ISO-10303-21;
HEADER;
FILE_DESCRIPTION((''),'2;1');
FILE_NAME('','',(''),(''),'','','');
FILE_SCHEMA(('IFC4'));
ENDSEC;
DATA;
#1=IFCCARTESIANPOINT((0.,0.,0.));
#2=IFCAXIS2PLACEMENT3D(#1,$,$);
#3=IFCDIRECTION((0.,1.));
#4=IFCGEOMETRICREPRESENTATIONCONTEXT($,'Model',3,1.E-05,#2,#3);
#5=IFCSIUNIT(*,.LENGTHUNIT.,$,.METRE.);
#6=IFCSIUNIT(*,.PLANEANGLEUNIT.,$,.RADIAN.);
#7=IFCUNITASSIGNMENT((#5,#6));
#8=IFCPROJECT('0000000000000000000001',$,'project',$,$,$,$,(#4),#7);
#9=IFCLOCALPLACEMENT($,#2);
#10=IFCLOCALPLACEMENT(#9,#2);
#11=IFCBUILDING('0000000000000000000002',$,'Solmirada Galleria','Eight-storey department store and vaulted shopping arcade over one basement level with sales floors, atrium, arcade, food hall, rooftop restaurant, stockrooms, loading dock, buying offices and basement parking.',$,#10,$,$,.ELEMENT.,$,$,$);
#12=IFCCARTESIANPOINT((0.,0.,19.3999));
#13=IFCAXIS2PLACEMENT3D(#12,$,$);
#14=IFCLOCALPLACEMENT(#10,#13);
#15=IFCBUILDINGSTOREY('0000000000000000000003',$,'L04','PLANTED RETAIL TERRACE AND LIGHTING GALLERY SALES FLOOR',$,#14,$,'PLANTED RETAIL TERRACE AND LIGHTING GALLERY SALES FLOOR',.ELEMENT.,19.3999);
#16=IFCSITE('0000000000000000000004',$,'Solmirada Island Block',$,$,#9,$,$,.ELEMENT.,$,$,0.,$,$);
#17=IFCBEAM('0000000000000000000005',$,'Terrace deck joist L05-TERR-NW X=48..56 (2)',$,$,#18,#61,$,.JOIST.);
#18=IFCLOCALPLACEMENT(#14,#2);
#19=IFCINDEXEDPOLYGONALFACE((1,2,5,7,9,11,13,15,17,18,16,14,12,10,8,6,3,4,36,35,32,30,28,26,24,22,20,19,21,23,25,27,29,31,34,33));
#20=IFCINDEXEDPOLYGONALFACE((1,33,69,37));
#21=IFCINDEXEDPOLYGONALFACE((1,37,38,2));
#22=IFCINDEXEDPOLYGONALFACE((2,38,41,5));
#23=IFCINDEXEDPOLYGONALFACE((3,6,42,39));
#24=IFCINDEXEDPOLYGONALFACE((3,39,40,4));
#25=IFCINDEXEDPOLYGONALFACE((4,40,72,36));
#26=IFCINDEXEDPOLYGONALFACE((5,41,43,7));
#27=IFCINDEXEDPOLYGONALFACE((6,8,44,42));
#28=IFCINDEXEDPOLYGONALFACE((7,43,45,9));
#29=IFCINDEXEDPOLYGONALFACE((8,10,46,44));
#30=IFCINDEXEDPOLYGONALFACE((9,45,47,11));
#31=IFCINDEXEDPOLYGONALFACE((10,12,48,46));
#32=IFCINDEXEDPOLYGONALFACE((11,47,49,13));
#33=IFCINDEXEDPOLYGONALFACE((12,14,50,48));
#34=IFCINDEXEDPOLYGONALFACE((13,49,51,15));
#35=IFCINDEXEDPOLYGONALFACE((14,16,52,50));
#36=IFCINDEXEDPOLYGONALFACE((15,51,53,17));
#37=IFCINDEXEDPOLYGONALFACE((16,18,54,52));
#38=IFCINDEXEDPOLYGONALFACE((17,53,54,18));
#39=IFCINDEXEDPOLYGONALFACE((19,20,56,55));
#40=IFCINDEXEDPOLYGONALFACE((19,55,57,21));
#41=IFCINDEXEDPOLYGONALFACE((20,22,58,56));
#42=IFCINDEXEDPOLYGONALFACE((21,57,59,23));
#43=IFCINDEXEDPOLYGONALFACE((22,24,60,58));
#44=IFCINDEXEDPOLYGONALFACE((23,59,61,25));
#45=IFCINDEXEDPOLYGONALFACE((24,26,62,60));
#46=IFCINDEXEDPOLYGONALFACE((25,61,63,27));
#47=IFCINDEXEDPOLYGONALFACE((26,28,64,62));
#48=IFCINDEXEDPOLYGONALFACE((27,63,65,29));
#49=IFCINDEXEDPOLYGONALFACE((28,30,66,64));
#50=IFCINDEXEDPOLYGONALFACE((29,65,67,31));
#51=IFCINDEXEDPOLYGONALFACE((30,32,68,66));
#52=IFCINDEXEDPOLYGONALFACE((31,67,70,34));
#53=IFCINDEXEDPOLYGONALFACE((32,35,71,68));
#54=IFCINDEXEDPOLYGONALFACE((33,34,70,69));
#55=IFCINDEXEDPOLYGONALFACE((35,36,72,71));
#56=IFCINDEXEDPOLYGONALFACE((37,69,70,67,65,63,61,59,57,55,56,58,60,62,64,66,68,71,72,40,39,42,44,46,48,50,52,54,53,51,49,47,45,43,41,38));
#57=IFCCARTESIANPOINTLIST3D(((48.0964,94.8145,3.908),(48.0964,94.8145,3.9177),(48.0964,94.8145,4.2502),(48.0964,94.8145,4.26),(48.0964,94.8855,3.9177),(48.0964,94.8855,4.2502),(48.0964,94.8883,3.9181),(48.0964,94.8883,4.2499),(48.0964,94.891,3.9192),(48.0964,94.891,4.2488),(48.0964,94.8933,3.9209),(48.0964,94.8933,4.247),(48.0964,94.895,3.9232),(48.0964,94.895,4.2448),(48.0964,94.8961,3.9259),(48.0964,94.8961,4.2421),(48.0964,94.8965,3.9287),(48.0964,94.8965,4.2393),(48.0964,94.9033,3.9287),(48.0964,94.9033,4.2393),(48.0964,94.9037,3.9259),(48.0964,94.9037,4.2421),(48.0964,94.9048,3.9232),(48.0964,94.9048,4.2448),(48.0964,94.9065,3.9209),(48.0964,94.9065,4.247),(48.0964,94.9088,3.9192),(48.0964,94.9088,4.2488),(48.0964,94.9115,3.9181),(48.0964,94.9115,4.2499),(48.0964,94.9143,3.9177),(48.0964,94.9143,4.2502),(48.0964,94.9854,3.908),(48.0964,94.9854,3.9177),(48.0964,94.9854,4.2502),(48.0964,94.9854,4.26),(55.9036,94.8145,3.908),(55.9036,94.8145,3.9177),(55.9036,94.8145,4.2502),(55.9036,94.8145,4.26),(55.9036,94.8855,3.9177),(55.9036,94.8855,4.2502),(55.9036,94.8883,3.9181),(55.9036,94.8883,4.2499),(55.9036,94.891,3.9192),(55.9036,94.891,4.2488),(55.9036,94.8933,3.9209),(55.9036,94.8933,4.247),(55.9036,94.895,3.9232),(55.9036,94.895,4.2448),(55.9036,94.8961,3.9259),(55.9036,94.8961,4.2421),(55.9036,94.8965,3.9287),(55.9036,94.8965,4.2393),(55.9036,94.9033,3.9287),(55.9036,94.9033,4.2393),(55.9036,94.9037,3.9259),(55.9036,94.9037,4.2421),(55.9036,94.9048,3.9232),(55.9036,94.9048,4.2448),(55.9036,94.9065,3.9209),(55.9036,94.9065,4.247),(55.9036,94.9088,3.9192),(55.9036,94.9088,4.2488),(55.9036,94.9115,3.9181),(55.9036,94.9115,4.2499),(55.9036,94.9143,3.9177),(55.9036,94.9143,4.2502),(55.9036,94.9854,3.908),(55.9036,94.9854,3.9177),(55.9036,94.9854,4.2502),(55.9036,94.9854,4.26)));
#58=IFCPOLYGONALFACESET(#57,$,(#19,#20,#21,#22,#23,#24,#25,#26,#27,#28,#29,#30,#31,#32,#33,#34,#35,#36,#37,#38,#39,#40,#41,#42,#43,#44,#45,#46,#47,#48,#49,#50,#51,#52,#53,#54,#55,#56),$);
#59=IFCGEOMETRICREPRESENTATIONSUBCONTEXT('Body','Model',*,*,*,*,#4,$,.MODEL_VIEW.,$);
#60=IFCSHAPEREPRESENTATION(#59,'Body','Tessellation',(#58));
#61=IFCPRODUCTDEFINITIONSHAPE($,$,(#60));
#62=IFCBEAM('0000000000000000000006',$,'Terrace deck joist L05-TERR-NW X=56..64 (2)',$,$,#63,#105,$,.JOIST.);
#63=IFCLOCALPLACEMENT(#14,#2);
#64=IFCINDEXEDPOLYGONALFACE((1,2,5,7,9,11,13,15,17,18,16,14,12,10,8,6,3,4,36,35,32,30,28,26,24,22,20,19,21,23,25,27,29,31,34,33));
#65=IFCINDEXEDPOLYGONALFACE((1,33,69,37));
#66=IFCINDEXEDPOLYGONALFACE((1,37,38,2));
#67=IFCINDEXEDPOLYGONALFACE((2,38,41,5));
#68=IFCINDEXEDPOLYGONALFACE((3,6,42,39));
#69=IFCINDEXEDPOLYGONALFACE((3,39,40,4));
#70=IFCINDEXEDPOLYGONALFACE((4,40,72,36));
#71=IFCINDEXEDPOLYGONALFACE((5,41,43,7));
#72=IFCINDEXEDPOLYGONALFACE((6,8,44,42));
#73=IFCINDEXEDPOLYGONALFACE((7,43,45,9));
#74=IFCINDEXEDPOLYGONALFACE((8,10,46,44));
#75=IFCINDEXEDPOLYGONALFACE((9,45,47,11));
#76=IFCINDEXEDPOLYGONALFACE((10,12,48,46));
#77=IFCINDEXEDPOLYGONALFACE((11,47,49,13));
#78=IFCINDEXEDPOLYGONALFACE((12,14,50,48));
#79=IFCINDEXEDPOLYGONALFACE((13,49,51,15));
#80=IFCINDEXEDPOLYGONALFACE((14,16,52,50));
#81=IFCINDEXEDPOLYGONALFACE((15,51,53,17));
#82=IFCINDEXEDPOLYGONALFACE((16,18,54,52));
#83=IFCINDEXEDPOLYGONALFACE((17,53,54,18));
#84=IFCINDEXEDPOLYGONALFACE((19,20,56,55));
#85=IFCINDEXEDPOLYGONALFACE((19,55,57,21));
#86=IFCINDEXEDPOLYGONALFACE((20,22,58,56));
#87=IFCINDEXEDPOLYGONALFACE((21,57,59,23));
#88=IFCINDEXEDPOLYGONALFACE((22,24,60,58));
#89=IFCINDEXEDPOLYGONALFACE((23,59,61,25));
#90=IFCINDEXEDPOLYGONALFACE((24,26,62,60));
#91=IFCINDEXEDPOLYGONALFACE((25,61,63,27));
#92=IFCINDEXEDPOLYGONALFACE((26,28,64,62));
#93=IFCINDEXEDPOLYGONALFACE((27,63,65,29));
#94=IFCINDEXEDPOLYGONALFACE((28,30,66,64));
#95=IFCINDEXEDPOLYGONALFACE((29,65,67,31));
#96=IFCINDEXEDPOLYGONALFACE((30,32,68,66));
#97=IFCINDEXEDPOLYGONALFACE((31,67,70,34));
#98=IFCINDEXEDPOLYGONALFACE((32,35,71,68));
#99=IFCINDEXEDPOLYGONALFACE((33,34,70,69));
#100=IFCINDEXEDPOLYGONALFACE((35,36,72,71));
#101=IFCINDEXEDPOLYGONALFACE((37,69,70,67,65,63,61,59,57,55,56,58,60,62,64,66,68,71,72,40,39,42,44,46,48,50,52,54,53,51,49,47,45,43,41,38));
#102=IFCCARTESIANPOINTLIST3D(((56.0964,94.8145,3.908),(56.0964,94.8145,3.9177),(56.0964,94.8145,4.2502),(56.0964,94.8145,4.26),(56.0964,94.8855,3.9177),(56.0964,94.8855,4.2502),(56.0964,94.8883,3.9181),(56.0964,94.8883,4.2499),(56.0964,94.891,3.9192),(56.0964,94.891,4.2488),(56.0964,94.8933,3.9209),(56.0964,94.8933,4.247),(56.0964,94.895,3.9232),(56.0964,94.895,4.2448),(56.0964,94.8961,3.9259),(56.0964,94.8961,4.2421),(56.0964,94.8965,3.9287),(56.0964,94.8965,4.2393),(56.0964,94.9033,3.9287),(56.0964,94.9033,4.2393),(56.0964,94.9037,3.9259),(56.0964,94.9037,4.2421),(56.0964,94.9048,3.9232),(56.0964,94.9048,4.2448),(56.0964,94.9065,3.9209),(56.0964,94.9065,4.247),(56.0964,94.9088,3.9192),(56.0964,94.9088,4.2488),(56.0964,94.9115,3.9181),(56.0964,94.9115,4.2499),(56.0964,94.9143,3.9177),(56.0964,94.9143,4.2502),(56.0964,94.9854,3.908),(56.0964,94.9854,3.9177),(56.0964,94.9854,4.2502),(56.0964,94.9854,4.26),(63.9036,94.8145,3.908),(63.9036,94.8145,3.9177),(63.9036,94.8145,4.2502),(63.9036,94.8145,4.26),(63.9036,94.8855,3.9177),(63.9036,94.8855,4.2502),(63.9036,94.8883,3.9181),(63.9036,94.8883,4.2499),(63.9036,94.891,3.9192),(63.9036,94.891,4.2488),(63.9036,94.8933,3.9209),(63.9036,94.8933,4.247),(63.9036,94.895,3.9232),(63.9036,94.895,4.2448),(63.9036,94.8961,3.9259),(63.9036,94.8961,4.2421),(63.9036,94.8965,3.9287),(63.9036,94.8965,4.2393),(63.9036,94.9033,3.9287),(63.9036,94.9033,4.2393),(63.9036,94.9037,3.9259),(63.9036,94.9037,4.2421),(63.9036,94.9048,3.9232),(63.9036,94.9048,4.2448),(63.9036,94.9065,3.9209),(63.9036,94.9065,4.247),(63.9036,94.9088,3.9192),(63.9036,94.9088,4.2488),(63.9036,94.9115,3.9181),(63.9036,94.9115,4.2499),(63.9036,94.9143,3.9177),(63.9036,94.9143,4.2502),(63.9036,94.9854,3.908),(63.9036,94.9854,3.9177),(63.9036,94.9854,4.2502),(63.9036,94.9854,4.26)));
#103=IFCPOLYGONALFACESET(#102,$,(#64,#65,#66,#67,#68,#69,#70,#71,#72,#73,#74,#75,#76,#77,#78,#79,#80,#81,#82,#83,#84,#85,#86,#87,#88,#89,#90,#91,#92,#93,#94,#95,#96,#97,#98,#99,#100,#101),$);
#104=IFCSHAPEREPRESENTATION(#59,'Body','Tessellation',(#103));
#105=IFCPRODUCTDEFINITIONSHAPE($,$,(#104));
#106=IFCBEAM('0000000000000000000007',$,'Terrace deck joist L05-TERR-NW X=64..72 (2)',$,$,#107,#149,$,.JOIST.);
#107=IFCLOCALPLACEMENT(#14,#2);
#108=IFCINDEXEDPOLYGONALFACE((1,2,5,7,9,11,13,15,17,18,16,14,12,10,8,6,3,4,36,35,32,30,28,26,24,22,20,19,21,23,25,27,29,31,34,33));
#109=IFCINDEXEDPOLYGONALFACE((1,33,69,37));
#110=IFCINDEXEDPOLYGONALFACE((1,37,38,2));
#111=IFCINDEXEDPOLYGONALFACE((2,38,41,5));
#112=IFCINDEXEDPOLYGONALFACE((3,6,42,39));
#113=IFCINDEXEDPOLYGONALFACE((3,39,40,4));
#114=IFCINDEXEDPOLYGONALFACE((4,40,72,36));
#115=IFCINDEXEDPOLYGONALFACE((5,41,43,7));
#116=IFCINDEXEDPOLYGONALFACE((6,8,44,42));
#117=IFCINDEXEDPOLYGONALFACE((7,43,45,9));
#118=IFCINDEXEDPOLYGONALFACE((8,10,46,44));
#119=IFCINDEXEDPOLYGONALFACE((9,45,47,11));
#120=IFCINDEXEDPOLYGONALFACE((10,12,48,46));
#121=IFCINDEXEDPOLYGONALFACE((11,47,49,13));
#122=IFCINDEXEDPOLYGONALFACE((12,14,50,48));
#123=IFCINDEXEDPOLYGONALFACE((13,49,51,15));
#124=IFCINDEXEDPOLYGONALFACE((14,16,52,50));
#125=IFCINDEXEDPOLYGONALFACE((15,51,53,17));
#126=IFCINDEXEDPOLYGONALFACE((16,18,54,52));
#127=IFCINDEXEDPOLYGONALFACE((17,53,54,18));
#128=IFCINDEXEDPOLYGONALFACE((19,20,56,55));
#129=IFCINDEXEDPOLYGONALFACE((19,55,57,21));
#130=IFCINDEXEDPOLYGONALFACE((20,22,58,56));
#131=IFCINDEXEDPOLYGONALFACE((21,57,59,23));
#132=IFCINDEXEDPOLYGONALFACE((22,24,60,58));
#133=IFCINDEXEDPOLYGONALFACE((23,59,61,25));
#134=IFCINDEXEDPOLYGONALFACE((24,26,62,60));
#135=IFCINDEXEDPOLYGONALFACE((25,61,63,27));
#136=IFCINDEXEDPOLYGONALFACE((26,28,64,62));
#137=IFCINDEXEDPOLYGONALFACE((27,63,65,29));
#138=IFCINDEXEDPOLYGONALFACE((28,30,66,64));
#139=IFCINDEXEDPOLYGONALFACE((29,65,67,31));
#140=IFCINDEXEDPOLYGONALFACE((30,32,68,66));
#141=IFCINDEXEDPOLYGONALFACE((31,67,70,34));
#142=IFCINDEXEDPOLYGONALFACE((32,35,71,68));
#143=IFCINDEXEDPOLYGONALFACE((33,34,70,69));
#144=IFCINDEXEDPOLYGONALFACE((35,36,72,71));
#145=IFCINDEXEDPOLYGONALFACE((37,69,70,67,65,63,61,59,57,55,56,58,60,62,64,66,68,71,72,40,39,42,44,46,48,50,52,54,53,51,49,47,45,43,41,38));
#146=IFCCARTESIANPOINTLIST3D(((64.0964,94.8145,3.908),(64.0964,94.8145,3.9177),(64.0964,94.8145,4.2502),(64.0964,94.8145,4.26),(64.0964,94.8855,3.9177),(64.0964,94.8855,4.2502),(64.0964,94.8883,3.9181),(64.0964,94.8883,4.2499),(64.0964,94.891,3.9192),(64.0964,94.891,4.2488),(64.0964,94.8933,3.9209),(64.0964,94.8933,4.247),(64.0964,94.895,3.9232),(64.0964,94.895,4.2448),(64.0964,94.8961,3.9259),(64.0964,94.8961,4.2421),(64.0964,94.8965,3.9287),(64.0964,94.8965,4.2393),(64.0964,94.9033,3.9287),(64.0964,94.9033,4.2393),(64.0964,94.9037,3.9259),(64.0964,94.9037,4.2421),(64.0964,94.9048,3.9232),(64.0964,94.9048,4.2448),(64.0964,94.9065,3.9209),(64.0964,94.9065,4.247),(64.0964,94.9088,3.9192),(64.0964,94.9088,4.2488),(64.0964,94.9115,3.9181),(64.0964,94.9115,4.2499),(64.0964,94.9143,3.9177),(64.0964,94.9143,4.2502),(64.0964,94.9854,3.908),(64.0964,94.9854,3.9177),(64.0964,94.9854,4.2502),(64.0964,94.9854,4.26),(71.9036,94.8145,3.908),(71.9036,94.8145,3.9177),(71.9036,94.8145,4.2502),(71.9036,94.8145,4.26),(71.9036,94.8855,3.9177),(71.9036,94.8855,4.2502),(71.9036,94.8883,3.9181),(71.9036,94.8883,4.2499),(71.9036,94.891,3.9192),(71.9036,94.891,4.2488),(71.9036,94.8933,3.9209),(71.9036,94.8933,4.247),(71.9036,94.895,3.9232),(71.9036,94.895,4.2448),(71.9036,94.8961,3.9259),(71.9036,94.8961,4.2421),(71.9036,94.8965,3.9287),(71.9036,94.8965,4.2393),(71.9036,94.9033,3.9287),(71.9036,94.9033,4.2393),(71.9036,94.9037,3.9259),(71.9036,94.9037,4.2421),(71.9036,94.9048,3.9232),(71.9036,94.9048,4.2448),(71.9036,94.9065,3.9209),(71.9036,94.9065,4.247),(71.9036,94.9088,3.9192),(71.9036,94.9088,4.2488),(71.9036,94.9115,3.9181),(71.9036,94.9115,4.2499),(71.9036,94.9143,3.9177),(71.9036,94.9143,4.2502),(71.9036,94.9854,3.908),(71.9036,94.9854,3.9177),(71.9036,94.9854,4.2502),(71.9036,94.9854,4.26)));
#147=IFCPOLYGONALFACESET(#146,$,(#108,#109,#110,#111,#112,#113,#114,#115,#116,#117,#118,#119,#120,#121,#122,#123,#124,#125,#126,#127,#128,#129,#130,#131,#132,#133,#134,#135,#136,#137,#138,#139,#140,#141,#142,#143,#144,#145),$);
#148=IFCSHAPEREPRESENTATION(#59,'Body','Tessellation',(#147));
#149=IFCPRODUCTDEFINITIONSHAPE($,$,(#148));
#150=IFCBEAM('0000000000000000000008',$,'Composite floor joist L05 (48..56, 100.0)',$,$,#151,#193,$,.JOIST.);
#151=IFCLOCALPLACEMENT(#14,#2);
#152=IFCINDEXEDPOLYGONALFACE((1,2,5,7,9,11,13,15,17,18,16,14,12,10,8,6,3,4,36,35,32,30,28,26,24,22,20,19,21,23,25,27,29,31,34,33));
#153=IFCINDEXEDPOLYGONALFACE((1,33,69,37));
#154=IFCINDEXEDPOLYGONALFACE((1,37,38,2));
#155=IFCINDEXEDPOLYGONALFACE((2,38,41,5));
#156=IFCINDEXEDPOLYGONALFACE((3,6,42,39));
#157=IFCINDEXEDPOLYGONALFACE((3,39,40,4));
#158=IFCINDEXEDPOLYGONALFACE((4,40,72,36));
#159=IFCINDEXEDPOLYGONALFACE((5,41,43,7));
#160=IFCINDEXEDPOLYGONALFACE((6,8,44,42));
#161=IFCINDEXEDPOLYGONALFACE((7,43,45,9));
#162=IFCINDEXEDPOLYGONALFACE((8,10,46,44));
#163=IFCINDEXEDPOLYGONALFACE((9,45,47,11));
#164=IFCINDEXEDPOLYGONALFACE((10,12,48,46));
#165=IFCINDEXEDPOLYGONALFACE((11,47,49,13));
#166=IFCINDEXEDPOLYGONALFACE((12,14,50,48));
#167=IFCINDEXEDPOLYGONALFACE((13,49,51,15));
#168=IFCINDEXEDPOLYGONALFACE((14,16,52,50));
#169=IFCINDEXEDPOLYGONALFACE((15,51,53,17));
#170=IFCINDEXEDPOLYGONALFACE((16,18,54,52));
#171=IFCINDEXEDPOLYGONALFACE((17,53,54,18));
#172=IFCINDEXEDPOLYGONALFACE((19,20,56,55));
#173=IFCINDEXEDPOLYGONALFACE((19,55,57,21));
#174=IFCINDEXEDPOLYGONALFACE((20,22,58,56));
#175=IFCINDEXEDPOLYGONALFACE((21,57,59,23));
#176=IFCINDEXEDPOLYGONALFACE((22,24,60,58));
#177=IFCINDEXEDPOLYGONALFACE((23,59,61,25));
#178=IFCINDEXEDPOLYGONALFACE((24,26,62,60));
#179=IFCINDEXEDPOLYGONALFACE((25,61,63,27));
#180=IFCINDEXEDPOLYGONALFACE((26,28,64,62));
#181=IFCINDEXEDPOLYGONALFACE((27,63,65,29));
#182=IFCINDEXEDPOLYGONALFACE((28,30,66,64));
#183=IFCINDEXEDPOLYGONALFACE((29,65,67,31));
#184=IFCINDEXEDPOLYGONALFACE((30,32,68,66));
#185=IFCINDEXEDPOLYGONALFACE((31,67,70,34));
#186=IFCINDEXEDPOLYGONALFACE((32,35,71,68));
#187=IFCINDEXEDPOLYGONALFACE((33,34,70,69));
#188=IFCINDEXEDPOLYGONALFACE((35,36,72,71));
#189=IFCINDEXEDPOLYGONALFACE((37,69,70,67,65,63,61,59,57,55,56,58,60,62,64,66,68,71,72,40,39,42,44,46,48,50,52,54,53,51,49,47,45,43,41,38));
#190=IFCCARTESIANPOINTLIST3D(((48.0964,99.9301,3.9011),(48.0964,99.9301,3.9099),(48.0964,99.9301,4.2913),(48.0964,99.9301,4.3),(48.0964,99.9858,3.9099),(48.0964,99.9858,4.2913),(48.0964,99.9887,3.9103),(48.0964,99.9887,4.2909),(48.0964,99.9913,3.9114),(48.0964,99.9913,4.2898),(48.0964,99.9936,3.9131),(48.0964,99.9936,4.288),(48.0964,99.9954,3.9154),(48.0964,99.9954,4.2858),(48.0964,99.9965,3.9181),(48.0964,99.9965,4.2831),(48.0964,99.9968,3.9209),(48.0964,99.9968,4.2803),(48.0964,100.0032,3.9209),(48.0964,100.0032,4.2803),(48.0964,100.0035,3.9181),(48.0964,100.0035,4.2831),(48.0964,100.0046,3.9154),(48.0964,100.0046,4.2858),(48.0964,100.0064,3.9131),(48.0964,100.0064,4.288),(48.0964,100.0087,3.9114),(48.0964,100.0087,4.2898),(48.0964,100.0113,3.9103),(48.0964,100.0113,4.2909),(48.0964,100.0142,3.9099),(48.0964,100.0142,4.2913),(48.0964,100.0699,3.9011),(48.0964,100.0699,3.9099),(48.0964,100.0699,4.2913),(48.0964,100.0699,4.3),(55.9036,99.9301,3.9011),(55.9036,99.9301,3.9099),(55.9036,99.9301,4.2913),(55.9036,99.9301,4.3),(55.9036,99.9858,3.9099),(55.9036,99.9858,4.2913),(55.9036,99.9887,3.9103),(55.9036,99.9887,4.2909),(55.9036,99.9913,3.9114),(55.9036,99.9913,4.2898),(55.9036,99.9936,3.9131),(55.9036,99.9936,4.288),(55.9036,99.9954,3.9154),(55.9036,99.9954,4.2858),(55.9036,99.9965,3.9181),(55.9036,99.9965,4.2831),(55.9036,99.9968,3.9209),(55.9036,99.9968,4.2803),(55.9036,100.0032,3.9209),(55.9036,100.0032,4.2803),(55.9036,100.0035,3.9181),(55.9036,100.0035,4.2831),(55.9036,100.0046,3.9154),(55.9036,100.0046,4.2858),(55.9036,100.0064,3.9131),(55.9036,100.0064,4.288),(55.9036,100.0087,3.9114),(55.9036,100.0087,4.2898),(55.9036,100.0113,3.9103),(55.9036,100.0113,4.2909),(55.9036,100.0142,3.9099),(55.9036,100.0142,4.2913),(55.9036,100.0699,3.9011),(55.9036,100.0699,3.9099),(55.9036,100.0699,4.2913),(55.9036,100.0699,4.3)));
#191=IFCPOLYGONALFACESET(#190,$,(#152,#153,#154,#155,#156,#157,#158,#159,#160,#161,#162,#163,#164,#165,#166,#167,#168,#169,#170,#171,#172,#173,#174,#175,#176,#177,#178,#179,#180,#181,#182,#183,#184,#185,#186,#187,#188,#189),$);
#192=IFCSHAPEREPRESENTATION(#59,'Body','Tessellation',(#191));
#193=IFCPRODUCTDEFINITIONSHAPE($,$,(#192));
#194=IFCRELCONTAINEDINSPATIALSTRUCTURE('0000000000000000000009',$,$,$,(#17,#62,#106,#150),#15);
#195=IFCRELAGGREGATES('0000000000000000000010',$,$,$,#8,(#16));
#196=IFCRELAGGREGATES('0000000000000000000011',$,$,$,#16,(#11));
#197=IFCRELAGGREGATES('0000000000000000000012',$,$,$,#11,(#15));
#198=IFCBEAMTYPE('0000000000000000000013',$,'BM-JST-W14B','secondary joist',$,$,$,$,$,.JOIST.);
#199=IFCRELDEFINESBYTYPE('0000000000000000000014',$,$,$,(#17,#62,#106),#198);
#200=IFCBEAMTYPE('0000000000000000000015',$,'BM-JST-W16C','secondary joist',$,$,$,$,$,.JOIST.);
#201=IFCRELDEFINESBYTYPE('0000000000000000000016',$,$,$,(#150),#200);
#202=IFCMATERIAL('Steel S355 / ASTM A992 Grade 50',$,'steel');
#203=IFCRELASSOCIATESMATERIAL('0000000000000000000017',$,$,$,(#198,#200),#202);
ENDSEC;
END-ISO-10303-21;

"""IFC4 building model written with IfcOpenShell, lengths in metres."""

from ifc_helpers import new_model, si_unit, direction, frame, origin, origin_2d, place, context, subcontext, project, spatial, i_section, extrude, material, material_profile, profile_set, type_object, element, save


model = new_model("IFC4")

# Units and contexts
model_context = context("Model", 3, precision=1e-05, world=origin(), true_north=direction((0.0, 1.0)))
body_context = subcontext(model_context, "Body", "Model", "MODEL_VIEW")
ifc_project = project(units=[si_unit("LENGTHUNIT", "METRE"), si_unit("PLANEANGLEUNIT", "RADIAN")], contexts=[model_context])

# Site, building, storey
site_placement = place(None, origin())
site = spatial("IfcSite", under=ifc_project, at=site_placement, Name="Solmirada Island Block", CompositionType="ELEMENT", RefElevation=0.0)
building_placement = place(site_placement, origin())
building = spatial("IfcBuilding", under=site, at=building_placement, Name="Solmirada Galleria", Description="Eight-storey department store and vaulted shopping arcade over one basement level with sales floors, atrium, arcade, food hall, rooftop restaurant, stockrooms, loading dock, buying offices and basement parking.", CompositionType="ELEMENT")
storey_placement = place(building_placement, frame((0.0, 0.0, 19.3999)))
storey = spatial("IfcBuildingStorey", under=building, at=storey_placement, Name="L04", Description="PLANTED RETAIL TERRACE AND LIGHTING GALLERY SALES FLOOR", LongName="PLANTED RETAIL TERRACE AND LIGHTING GALLERY SALES FLOOR", CompositionType="ELEMENT", Elevation=19.3999)

# Beams
ifc_material_1 = material(Name="Steel S355 / ASTM A992 Grade 50", Category="steel")
ifc_material_profile_1 = material_profile(ifc_material_1, i_section(OverallWidth=0.1709, OverallDepth=0.3521, WebThickness=0.0068, FlangeThickness=0.0098, FilletRadius=0.011, at=origin_2d()), Name="W14X30")
ifc_profile_set_1 = profile_set([ifc_material_profile_1], Name="Steel S355 / ASTM A992 Grade 50")
beam_type_1 = type_object("IfcBeamType", Name="BM-JST-W14B", Description="secondary joist", PredefinedType="JOIST", material=ifc_profile_set_1)
for number, where, z_axis, x_axis, name in (
    (1, (48.0964, 94.8999, 4.084), (1.0, 0.0, 0.0), (0.0, 1.0, 0.0), "Terrace deck joist L05-TERR-NW X=48..56 (2)"),
    (2, (56.0964, 94.8999, 4.084), (1.0, 0.0, 0.0), (0.0, 1.0, 0.0), "Terrace deck joist L05-TERR-NW X=56..64 (2)"),
    (3, (64.0964, 94.8999, 4.084), (1.0, 0.0, 0.0), (0.0, 1.0, 0.0), "Terrace deck joist L05-TERR-NW X=64..72 (2)"),
):
    element("IfcBeam", number, at=place(storey_placement, frame(where, z_axis=z_axis, x_axis=x_axis)), inside=storey, type_object=beam_type_1, Name=name, PredefinedType="JOIST", context=body_context, shape_type="SweptSolid", body=[
        extrude(i_section(OverallWidth=0.1709, OverallDepth=0.3521, WebThickness=0.0068, FlangeThickness=0.0098, FilletRadius=0.011, at=origin_2d()), origin(), (0.0, 0.0, 1.0), 7.8071),
    ])
ifc_material_profile_2 = material_profile(ifc_material_1, i_section(OverallWidth=0.1399, OverallDepth=0.3989, WebThickness=0.0063, FlangeThickness=0.0088, FilletRadius=0.011, at=origin_2d()), Name="W16X26")
ifc_profile_set_2 = profile_set([ifc_material_profile_2], Name="Steel S355 / ASTM A992 Grade 50")
beam_type_2 = type_object("IfcBeamType", Name="BM-JST-W16C", Description="secondary joist", PredefinedType="JOIST", material=ifc_profile_set_2)
for number, where, z_axis, x_axis, name in (
    (4, (48.0964, 100.0, 4.1006), (1.0, 0.0, 0.0), (0.0, 1.0, 0.0), "Composite floor joist L05 (48..56, 100.0)"),
):
    element("IfcBeam", number, at=place(storey_placement, frame(where, z_axis=z_axis, x_axis=x_axis)), inside=storey, type_object=beam_type_2, Name=name, PredefinedType="JOIST", context=body_context, shape_type="SweptSolid", body=[
        extrude(i_section(OverallWidth=0.1399, OverallDepth=0.3989, WebThickness=0.0063, FlangeThickness=0.0088, FilletRadius=0.011, at=origin_2d()), origin(), (0.0, 0.0, 1.0), 7.8071),
    ])

save(model, "model.ifc")
